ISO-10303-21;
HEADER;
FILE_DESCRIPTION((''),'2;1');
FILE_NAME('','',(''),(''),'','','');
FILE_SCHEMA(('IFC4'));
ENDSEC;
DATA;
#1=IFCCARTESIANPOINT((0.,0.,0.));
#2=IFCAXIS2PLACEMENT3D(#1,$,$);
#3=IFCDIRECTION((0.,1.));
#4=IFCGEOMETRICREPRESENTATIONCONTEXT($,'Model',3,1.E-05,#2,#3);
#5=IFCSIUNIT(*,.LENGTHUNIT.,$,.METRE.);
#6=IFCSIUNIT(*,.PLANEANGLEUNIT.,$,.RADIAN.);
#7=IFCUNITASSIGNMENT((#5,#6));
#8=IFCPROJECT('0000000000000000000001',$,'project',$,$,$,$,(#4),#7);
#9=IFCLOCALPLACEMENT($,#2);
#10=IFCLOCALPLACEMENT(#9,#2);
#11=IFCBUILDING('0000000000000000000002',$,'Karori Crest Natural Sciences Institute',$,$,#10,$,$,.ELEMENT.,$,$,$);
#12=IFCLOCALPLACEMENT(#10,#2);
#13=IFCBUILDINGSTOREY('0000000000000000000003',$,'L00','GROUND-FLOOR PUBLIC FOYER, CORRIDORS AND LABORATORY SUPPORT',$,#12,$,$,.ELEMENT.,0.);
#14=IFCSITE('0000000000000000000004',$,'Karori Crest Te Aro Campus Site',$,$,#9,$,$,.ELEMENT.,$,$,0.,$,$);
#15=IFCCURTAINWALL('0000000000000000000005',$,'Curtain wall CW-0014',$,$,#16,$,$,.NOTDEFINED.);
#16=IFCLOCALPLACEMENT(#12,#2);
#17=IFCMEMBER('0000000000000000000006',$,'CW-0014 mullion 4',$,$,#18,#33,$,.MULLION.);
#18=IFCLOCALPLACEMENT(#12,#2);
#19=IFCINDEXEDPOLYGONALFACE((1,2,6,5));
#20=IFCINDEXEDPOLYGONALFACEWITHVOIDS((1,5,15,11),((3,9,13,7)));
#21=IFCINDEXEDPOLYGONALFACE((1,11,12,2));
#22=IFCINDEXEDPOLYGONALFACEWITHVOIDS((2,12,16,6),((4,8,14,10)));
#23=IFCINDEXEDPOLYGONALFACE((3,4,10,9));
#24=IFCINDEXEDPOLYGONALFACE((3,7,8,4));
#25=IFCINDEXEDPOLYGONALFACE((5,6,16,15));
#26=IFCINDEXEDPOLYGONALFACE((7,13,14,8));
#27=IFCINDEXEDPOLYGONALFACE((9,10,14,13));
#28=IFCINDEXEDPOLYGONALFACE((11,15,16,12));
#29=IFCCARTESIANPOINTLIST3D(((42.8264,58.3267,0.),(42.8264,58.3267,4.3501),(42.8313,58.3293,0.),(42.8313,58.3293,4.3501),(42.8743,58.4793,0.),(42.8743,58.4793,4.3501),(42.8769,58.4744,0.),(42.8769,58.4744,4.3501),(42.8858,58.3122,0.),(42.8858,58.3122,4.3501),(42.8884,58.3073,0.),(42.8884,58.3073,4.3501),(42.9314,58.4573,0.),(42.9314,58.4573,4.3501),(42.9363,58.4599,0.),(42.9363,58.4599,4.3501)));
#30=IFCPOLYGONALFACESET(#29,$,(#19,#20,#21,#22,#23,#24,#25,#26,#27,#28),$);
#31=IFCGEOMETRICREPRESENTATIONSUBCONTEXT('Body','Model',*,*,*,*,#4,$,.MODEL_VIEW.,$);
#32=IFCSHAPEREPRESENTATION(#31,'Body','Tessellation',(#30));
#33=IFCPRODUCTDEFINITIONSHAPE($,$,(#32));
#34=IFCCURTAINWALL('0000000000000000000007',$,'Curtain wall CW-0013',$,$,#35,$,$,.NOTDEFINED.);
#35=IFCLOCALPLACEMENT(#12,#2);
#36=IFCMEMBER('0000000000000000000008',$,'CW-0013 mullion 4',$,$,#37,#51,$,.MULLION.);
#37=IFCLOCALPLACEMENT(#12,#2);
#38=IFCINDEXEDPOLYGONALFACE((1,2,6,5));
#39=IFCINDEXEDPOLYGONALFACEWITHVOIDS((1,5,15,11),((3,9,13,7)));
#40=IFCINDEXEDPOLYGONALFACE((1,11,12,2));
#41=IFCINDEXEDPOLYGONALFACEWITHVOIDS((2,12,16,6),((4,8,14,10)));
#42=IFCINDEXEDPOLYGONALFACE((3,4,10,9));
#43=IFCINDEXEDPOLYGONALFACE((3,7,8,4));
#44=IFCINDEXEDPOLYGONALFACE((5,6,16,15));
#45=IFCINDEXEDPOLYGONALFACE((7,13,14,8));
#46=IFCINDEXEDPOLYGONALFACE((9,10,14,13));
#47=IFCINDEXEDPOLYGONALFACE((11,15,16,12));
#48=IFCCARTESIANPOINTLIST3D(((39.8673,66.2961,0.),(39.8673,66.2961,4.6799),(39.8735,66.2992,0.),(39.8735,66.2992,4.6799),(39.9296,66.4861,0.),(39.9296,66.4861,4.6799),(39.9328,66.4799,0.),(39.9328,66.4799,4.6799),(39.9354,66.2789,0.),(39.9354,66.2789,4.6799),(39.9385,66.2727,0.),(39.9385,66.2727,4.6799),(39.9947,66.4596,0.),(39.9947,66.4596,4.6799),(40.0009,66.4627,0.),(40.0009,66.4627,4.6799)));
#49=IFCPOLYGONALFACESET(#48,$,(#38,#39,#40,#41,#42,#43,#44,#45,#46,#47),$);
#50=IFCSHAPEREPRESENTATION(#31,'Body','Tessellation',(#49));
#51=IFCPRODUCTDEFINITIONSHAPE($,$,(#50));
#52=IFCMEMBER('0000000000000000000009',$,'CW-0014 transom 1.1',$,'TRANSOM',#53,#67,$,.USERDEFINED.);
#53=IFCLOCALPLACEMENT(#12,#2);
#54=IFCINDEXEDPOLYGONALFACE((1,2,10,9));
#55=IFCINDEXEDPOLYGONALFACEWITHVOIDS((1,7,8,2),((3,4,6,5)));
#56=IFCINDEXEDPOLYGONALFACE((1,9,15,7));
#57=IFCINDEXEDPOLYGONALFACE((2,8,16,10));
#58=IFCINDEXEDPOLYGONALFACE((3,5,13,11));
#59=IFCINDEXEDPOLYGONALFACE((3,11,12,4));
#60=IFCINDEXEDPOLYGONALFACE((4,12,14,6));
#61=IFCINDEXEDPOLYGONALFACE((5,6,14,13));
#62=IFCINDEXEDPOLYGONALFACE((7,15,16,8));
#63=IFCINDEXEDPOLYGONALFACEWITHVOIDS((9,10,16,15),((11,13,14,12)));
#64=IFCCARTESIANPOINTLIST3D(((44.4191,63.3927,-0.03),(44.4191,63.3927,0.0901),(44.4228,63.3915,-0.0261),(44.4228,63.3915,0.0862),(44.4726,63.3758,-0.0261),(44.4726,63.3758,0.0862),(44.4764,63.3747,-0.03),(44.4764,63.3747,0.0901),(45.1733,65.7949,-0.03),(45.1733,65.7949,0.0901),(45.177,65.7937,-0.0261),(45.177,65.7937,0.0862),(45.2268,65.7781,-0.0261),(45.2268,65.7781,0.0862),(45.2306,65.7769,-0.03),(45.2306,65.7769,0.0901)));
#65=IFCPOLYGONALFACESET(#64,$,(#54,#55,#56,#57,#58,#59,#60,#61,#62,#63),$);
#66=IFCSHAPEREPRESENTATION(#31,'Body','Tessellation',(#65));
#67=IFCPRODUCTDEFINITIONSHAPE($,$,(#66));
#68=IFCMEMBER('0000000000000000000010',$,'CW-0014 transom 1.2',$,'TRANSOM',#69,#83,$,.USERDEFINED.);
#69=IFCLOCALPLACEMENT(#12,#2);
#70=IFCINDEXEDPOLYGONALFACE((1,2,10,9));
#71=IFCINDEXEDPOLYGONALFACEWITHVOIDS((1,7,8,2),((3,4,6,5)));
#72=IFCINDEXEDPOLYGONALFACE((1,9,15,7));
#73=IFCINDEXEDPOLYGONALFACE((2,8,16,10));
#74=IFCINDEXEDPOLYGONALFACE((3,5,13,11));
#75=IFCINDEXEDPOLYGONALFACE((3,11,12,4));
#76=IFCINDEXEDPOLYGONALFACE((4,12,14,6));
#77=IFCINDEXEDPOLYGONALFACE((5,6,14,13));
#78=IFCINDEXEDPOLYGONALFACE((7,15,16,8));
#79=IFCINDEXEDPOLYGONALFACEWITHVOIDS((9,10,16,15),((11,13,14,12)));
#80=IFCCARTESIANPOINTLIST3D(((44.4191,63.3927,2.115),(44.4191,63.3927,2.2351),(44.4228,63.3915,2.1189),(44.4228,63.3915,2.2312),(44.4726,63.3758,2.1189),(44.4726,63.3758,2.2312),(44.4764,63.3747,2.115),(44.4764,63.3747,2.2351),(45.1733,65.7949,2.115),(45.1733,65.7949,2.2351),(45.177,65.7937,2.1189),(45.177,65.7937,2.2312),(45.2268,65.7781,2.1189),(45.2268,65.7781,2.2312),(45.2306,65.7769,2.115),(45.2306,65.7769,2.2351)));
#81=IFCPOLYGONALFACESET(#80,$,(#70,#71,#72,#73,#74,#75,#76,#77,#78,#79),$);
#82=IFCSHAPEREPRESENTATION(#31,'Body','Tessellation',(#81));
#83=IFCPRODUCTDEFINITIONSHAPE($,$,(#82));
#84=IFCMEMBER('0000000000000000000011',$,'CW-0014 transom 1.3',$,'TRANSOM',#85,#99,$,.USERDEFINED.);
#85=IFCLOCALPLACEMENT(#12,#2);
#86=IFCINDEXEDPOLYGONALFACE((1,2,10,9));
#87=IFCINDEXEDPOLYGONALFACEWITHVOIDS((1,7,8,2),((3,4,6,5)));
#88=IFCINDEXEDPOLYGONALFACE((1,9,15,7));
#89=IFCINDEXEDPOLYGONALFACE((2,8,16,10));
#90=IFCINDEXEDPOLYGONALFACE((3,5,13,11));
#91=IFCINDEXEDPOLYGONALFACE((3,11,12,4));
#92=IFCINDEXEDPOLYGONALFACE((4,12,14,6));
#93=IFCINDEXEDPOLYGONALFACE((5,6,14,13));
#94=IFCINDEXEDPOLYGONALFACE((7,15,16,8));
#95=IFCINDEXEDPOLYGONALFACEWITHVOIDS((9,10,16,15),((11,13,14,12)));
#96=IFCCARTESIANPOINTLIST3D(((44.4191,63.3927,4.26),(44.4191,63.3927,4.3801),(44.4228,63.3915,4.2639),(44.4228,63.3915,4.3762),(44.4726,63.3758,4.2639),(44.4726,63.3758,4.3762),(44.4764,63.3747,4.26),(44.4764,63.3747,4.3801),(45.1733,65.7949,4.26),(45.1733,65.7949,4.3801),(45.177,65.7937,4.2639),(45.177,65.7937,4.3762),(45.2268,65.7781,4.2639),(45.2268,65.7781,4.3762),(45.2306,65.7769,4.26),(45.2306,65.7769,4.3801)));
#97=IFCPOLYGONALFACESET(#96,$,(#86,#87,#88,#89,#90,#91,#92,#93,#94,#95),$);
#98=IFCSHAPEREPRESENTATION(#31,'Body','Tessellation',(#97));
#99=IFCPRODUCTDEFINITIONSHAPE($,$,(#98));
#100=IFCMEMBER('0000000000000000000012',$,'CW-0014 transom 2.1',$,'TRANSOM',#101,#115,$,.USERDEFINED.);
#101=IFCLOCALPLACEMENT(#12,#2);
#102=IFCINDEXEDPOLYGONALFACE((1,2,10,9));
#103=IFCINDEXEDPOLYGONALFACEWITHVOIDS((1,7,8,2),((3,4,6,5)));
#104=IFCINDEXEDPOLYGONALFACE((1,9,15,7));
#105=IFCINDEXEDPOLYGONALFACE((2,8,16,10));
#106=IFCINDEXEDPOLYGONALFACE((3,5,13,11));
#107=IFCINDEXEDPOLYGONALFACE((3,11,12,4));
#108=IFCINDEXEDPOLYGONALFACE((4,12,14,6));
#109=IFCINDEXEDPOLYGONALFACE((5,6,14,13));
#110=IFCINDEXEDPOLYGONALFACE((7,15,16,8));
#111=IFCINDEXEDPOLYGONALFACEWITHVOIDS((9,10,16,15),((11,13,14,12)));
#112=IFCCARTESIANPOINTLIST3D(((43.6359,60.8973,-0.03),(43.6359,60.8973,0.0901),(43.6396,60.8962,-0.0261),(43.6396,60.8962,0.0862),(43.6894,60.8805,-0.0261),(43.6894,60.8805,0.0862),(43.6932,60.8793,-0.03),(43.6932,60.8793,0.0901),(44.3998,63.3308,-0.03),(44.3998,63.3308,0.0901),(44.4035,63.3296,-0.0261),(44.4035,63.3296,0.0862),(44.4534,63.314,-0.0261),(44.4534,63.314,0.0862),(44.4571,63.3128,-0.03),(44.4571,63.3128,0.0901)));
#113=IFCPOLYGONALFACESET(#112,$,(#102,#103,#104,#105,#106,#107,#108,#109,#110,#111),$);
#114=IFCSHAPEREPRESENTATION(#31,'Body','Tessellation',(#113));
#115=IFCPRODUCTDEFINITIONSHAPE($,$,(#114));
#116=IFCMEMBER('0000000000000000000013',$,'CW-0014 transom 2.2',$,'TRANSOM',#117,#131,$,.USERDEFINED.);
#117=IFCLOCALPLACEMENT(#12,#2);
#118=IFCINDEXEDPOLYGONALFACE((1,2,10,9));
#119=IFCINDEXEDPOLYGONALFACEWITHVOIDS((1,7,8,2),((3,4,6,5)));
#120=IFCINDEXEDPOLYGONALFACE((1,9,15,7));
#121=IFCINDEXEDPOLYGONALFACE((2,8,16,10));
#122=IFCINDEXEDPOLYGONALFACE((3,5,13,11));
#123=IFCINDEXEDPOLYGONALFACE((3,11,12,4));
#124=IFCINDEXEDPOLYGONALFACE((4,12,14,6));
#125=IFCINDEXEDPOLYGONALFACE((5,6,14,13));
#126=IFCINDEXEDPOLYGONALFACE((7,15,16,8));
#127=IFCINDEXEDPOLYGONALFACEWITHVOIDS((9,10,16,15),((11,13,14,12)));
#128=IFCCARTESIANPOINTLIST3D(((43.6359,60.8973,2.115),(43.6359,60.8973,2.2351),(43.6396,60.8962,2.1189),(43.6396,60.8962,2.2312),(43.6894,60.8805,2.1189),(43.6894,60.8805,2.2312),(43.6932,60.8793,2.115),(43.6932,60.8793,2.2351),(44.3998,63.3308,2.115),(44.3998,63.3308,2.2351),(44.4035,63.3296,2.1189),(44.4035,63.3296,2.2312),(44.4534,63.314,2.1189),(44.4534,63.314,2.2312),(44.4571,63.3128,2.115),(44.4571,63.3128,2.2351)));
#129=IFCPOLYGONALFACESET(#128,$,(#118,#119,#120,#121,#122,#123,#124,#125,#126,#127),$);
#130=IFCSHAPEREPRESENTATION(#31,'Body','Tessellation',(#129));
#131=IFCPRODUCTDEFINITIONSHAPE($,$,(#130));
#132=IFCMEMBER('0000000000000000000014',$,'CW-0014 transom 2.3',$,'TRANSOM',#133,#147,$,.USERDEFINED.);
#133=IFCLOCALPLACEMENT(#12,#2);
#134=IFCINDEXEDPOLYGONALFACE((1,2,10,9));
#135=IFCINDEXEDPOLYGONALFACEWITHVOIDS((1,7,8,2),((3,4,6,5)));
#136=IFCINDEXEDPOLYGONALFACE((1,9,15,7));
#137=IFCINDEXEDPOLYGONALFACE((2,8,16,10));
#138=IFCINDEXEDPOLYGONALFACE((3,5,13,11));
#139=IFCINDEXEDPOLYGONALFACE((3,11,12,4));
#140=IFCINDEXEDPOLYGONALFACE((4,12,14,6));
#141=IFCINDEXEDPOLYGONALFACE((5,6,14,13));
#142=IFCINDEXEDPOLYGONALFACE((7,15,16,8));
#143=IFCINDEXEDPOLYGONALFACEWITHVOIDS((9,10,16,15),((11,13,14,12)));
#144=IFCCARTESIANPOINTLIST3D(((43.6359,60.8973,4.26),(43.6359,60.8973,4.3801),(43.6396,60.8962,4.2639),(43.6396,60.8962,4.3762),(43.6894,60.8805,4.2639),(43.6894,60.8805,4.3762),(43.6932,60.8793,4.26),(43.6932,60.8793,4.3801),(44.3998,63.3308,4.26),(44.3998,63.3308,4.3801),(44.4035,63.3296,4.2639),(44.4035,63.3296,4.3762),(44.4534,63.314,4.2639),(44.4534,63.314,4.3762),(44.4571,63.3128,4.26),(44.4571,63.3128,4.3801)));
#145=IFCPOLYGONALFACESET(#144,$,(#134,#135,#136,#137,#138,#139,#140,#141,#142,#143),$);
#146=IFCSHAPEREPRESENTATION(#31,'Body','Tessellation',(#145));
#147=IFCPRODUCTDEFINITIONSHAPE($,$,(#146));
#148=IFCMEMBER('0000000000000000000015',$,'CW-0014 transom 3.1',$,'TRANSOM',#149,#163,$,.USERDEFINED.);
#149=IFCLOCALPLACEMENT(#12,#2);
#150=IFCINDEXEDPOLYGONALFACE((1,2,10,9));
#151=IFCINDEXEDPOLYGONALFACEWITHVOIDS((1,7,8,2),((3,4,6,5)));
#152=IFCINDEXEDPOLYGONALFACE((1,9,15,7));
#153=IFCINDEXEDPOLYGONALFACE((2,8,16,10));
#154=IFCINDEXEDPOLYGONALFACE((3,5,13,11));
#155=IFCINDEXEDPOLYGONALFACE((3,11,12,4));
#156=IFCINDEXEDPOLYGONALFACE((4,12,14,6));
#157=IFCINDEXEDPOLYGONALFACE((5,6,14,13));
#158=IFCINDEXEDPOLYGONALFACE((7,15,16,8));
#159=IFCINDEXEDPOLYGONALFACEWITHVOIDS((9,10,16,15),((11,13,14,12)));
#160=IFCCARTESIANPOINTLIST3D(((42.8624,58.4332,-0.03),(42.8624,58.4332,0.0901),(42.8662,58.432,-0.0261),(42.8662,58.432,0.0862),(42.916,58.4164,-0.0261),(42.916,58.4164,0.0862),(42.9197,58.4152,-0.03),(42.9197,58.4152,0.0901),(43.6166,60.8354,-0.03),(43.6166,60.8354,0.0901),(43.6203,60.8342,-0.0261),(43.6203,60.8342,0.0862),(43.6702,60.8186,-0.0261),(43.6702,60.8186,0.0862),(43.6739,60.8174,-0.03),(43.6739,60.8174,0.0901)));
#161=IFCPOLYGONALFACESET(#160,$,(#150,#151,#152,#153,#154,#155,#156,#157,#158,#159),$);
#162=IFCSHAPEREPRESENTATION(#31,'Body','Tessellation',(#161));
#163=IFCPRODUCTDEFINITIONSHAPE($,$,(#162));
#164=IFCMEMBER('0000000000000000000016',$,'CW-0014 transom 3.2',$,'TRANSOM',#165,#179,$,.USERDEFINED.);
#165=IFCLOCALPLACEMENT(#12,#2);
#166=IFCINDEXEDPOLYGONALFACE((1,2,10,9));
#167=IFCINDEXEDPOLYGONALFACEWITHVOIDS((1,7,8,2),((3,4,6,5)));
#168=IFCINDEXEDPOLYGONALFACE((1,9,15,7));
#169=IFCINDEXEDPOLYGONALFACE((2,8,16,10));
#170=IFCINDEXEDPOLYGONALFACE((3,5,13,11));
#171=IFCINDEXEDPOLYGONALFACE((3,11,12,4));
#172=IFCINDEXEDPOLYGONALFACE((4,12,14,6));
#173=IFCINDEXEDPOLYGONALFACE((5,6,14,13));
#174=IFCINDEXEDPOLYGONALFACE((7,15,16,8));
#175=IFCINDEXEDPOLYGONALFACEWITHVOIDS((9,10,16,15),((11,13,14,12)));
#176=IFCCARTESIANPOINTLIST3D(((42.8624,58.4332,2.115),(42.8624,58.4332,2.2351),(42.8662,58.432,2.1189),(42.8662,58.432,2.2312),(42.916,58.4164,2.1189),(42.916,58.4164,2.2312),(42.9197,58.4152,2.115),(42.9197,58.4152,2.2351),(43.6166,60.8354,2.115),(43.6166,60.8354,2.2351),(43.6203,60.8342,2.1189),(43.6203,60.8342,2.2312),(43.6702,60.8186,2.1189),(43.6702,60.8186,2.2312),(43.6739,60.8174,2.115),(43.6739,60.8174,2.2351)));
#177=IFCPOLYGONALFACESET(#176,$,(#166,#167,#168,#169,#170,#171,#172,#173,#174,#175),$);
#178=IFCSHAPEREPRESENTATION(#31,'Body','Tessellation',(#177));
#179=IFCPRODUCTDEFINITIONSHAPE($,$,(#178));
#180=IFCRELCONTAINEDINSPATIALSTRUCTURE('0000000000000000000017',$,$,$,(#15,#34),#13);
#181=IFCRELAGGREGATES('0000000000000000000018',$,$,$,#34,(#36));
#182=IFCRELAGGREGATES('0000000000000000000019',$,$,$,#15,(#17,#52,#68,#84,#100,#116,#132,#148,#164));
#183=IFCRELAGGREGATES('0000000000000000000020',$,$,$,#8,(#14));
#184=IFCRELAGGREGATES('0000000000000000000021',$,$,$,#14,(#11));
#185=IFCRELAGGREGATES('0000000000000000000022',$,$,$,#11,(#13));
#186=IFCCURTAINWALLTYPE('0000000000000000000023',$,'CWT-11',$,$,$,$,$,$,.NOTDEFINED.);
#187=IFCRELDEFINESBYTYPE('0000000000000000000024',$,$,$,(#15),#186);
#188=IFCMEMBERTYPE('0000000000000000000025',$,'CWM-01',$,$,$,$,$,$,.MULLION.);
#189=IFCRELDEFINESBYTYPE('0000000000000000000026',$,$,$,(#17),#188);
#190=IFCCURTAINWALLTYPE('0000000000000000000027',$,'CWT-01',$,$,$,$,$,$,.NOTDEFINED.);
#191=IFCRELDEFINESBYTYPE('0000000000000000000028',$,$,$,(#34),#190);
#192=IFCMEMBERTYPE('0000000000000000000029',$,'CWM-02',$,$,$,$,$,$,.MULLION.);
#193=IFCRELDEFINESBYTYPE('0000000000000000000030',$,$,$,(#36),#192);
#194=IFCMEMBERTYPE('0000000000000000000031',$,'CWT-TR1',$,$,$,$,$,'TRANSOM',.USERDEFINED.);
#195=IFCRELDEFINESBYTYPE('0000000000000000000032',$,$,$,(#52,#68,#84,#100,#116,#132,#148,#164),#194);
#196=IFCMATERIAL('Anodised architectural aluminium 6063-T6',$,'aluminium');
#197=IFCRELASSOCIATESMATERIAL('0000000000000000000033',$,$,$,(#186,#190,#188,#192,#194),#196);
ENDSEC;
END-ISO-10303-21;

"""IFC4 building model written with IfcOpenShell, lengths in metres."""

from ifc_helpers import new_model, si_unit, direction, frame, origin, origin_2d, place, context, subcontext, project, spatial, hollow_rectangle, extrude, material, material_profile, profile_set, type_object, element, aggregate, save


model = new_model("IFC4")

# Units and contexts
model_context = context("Model", 3, precision=1e-05, world=origin(), true_north=direction((0.0, 1.0)))
body_context = subcontext(model_context, "Body", "Model", "MODEL_VIEW")
ifc_project = project(units=[si_unit("LENGTHUNIT", "METRE"), si_unit("PLANEANGLEUNIT", "RADIAN")], contexts=[model_context])

# Site, building, storey
site_placement = place(None, origin())
site = spatial("IfcSite", under=ifc_project, at=site_placement, Name="Karori Crest Te Aro Campus Site", CompositionType="ELEMENT", RefElevation=0.0)
building_placement = place(site_placement, origin())
building = spatial("IfcBuilding", under=site, at=building_placement, Name="Karori Crest Natural Sciences Institute", CompositionType="ELEMENT")
storey_placement = place(building_placement, origin())
storey = spatial("IfcBuildingStorey", under=building, at=storey_placement, Name="L00", Description="GROUND-FLOOR PUBLIC FOYER, CORRIDORS AND LABORATORY SUPPORT", CompositionType="ELEMENT", Elevation=0.0)

# Curtain wall, member
ifc_material_1 = material(Name="Anodised architectural aluminium 6063-T6", Category="aluminium")
curtain_wall_type_1 = type_object("IfcCurtainWallType", Name="CWT-11", PredefinedType="NOTDEFINED", material=ifc_material_1)
curtain_wall_1_placement = place(storey_placement, origin())
curtain_wall_1 = element("IfcCurtainWall", 1, at=curtain_wall_1_placement, inside=storey, type_object=curtain_wall_type_1, Name="Curtain wall CW-0014", PredefinedType="NOTDEFINED")
ifc_material_profile_1 = material_profile(ifc_material_1, hollow_rectangle(XDim=0.0649, YDim=0.1599, WallThickness=0.0039, at=origin_2d()), Name="CWM160x65x4")
ifc_profile_set_1 = profile_set([ifc_material_profile_1], Name="Anodised architectural aluminium 6063-T6")
member_type_1 = type_object("IfcMemberType", Name="CWM-01", PredefinedType="MULLION", material=ifc_profile_set_1)
member_1_placement = place(storey_placement, frame((42.8813, 58.3933, 0.0), z_axis=(0.0, 0.0, 1.0), x_axis=(0.954104, -0.299477, 0.0)))
member_1 = element("IfcMember", 2, at=member_1_placement, type_object=member_type_1, Name="CW-0014 mullion 4", PredefinedType="MULLION", context=body_context, shape_type="SweptSolid", body=[
    extrude(hollow_rectangle(XDim=0.0649, YDim=0.1599, WallThickness=0.0039, at=origin_2d()), origin(), (0.0, 0.0, 1.0), 4.3501),
])

# Curtain wall, member
curtain_wall_type_2 = type_object("IfcCurtainWallType", Name="CWT-01", PredefinedType="NOTDEFINED", material=ifc_material_1)
curtain_wall_2_placement = place(storey_placement, origin())
curtain_wall_2 = element("IfcCurtainWall", 3, at=curtain_wall_2_placement, inside=storey, type_object=curtain_wall_type_2, Name="Curtain wall CW-0013", PredefinedType="NOTDEFINED")
ifc_material_profile_2 = material_profile(ifc_material_1, hollow_rectangle(XDim=0.075, YDim=0.2, WallThickness=0.0049, at=origin_2d()), Name="CWM200x75x5")
ifc_profile_set_2 = profile_set([ifc_material_profile_2], Name="Anodised architectural aluminium 6063-T6")
member_type_2 = type_object("IfcMemberType", Name="CWM-02", PredefinedType="MULLION", material=ifc_profile_set_2)
member_2_placement = place(storey_placement, frame((39.9341, 66.3794, 0.0), z_axis=(0.0, 0.0, 1.0), x_axis=(-0.950176, 0.311714, 0.0)))
member_2 = element("IfcMember", 4, at=member_2_placement, type_object=member_type_2, Name="CW-0013 mullion 4", PredefinedType="MULLION", context=body_context, shape_type="SweptSolid", body=[
    extrude(hollow_rectangle(XDim=0.075, YDim=0.2, WallThickness=0.0049, at=origin_2d()), origin(), (0.0, 0.0, 1.0), 4.6799),
])
aggregate(curtain_wall_2, [member_2])

# Members
ifc_material_profile_3 = material_profile(ifc_material_1, hollow_rectangle(XDim=0.0601, YDim=0.1201, WallThickness=0.0039, at=origin_2d()), Name="CWT120x60x4")
ifc_profile_set_3 = profile_set([ifc_material_profile_3], Name="Anodised architectural aluminium 6063-T6")
member_type_3 = type_object("IfcMemberType", Name="CWT-TR1", ElementType="TRANSOM", PredefinedType="USERDEFINED", material=ifc_profile_set_3)
member_3_placement = place(storey_placement, frame((45.2019, 65.7859, 0.03), z_axis=(-0.299539, -0.954084, 0.0), x_axis=(0.954084, -0.299539, 0.0)))
member_3 = element("IfcMember", 5, at=member_3_placement, type_object=member_type_3, Name="CW-0014 transom 1.1", ObjectType="TRANSOM", PredefinedType="USERDEFINED", context=body_context, shape_type="SweptSolid", body=[
    extrude(hollow_rectangle(XDim=0.0601, YDim=0.1201, WallThickness=0.0039, at=origin_2d()), origin(), (0.0, 0.0, 1.0), 2.5178),
])
member_4_placement = place(storey_placement, frame((45.2019, 65.7859, 2.175), z_axis=(-0.299539, -0.954084, 0.0), x_axis=(0.954084, -0.299539, 0.0)))
member_4 = element("IfcMember", 6, at=member_4_placement, type_object=member_type_3, Name="CW-0014 transom 1.2", ObjectType="TRANSOM", PredefinedType="USERDEFINED", context=body_context, shape_type="SweptSolid", body=[
    extrude(hollow_rectangle(XDim=0.0601, YDim=0.1201, WallThickness=0.0039, at=origin_2d()), origin(), (0.0, 0.0, 1.0), 2.5178),
])
member_5_placement = place(storey_placement, frame((45.2019, 65.7859, 4.3201), z_axis=(-0.299539, -0.954084, 0.0), x_axis=(0.954084, -0.299539, 0.0)))
member_5 = element("IfcMember", 7, at=member_5_placement, type_object=member_type_3, Name="CW-0014 transom 1.3", ObjectType="TRANSOM", PredefinedType="USERDEFINED", context=body_context, shape_type="SweptSolid", body=[
    extrude(hollow_rectangle(XDim=0.0601, YDim=0.1201, WallThickness=0.0039, at=origin_2d()), origin(), (0.0, 0.0, 1.0), 2.5178),
])
member_6_placement = place(storey_placement, frame((44.4285, 63.3218, 0.03), z_axis=(-0.299523, -0.954089, 0.0), x_axis=(0.954089, -0.299523, 0.0)))
member_6 = element("IfcMember", 8, at=member_6_placement, type_object=member_type_3, Name="CW-0014 transom 2.1", ObjectType="TRANSOM", PredefinedType="USERDEFINED", context=body_context, shape_type="SweptSolid", body=[
    extrude(hollow_rectangle(XDim=0.0601, YDim=0.1201, WallThickness=0.0039, at=origin_2d()), origin(), (0.0, 0.0, 1.0), 2.5505),
])
member_7_placement = place(storey_placement, frame((44.4285, 63.3218, 2.175), z_axis=(-0.299523, -0.954089, 0.0), x_axis=(0.954089, -0.299523, 0.0)))
member_7 = element("IfcMember", 9, at=member_7_placement, type_object=member_type_3, Name="CW-0014 transom 2.2", ObjectType="TRANSOM", PredefinedType="USERDEFINED", context=body_context, shape_type="SweptSolid", body=[
    extrude(hollow_rectangle(XDim=0.0601, YDim=0.1201, WallThickness=0.0039, at=origin_2d()), origin(), (0.0, 0.0, 1.0), 2.5505),
])
member_8_placement = place(storey_placement, frame((44.4285, 63.3218, 4.3201), z_axis=(-0.299523, -0.954089, 0.0), x_axis=(0.954089, -0.299523, 0.0)))
member_8 = element("IfcMember", 10, at=member_8_placement, type_object=member_type_3, Name="CW-0014 transom 2.3", ObjectType="TRANSOM", PredefinedType="USERDEFINED", context=body_context, shape_type="SweptSolid", body=[
    extrude(hollow_rectangle(XDim=0.0601, YDim=0.1201, WallThickness=0.0039, at=origin_2d()), origin(), (0.0, 0.0, 1.0), 2.5505),
])
member_9_placement = place(storey_placement, frame((43.6453, 60.8264, 0.03), z_axis=(-0.299539, -0.954084, 0.0), x_axis=(0.954084, -0.299539, 0.0)))
member_9 = element("IfcMember", 11, at=member_9_placement, type_object=member_type_3, Name="CW-0014 transom 3.1", ObjectType="TRANSOM", PredefinedType="USERDEFINED", context=body_context, shape_type="SweptSolid", body=[
    extrude(hollow_rectangle(XDim=0.0601, YDim=0.1201, WallThickness=0.0039, at=origin_2d()), origin(), (0.0, 0.0, 1.0), 2.5178),
])
member_10_placement = place(storey_placement, frame((43.6453, 60.8264, 2.175), z_axis=(-0.299539, -0.954084, 0.0), x_axis=(0.954084, -0.299539, 0.0)))
member_10 = element("IfcMember", 12, at=member_10_placement, type_object=member_type_3, Name="CW-0014 transom 3.2", ObjectType="TRANSOM", PredefinedType="USERDEFINED", context=body_context, shape_type="SweptSolid", body=[
    extrude(hollow_rectangle(XDim=0.0601, YDim=0.1201, WallThickness=0.0039, at=origin_2d()), origin(), (0.0, 0.0, 1.0), 2.5178),
])

aggregate(curtain_wall_1, [member_1, member_3, member_4, member_5, member_6, member_7, member_8, member_9, member_10])

save(model, "model.ifc")
